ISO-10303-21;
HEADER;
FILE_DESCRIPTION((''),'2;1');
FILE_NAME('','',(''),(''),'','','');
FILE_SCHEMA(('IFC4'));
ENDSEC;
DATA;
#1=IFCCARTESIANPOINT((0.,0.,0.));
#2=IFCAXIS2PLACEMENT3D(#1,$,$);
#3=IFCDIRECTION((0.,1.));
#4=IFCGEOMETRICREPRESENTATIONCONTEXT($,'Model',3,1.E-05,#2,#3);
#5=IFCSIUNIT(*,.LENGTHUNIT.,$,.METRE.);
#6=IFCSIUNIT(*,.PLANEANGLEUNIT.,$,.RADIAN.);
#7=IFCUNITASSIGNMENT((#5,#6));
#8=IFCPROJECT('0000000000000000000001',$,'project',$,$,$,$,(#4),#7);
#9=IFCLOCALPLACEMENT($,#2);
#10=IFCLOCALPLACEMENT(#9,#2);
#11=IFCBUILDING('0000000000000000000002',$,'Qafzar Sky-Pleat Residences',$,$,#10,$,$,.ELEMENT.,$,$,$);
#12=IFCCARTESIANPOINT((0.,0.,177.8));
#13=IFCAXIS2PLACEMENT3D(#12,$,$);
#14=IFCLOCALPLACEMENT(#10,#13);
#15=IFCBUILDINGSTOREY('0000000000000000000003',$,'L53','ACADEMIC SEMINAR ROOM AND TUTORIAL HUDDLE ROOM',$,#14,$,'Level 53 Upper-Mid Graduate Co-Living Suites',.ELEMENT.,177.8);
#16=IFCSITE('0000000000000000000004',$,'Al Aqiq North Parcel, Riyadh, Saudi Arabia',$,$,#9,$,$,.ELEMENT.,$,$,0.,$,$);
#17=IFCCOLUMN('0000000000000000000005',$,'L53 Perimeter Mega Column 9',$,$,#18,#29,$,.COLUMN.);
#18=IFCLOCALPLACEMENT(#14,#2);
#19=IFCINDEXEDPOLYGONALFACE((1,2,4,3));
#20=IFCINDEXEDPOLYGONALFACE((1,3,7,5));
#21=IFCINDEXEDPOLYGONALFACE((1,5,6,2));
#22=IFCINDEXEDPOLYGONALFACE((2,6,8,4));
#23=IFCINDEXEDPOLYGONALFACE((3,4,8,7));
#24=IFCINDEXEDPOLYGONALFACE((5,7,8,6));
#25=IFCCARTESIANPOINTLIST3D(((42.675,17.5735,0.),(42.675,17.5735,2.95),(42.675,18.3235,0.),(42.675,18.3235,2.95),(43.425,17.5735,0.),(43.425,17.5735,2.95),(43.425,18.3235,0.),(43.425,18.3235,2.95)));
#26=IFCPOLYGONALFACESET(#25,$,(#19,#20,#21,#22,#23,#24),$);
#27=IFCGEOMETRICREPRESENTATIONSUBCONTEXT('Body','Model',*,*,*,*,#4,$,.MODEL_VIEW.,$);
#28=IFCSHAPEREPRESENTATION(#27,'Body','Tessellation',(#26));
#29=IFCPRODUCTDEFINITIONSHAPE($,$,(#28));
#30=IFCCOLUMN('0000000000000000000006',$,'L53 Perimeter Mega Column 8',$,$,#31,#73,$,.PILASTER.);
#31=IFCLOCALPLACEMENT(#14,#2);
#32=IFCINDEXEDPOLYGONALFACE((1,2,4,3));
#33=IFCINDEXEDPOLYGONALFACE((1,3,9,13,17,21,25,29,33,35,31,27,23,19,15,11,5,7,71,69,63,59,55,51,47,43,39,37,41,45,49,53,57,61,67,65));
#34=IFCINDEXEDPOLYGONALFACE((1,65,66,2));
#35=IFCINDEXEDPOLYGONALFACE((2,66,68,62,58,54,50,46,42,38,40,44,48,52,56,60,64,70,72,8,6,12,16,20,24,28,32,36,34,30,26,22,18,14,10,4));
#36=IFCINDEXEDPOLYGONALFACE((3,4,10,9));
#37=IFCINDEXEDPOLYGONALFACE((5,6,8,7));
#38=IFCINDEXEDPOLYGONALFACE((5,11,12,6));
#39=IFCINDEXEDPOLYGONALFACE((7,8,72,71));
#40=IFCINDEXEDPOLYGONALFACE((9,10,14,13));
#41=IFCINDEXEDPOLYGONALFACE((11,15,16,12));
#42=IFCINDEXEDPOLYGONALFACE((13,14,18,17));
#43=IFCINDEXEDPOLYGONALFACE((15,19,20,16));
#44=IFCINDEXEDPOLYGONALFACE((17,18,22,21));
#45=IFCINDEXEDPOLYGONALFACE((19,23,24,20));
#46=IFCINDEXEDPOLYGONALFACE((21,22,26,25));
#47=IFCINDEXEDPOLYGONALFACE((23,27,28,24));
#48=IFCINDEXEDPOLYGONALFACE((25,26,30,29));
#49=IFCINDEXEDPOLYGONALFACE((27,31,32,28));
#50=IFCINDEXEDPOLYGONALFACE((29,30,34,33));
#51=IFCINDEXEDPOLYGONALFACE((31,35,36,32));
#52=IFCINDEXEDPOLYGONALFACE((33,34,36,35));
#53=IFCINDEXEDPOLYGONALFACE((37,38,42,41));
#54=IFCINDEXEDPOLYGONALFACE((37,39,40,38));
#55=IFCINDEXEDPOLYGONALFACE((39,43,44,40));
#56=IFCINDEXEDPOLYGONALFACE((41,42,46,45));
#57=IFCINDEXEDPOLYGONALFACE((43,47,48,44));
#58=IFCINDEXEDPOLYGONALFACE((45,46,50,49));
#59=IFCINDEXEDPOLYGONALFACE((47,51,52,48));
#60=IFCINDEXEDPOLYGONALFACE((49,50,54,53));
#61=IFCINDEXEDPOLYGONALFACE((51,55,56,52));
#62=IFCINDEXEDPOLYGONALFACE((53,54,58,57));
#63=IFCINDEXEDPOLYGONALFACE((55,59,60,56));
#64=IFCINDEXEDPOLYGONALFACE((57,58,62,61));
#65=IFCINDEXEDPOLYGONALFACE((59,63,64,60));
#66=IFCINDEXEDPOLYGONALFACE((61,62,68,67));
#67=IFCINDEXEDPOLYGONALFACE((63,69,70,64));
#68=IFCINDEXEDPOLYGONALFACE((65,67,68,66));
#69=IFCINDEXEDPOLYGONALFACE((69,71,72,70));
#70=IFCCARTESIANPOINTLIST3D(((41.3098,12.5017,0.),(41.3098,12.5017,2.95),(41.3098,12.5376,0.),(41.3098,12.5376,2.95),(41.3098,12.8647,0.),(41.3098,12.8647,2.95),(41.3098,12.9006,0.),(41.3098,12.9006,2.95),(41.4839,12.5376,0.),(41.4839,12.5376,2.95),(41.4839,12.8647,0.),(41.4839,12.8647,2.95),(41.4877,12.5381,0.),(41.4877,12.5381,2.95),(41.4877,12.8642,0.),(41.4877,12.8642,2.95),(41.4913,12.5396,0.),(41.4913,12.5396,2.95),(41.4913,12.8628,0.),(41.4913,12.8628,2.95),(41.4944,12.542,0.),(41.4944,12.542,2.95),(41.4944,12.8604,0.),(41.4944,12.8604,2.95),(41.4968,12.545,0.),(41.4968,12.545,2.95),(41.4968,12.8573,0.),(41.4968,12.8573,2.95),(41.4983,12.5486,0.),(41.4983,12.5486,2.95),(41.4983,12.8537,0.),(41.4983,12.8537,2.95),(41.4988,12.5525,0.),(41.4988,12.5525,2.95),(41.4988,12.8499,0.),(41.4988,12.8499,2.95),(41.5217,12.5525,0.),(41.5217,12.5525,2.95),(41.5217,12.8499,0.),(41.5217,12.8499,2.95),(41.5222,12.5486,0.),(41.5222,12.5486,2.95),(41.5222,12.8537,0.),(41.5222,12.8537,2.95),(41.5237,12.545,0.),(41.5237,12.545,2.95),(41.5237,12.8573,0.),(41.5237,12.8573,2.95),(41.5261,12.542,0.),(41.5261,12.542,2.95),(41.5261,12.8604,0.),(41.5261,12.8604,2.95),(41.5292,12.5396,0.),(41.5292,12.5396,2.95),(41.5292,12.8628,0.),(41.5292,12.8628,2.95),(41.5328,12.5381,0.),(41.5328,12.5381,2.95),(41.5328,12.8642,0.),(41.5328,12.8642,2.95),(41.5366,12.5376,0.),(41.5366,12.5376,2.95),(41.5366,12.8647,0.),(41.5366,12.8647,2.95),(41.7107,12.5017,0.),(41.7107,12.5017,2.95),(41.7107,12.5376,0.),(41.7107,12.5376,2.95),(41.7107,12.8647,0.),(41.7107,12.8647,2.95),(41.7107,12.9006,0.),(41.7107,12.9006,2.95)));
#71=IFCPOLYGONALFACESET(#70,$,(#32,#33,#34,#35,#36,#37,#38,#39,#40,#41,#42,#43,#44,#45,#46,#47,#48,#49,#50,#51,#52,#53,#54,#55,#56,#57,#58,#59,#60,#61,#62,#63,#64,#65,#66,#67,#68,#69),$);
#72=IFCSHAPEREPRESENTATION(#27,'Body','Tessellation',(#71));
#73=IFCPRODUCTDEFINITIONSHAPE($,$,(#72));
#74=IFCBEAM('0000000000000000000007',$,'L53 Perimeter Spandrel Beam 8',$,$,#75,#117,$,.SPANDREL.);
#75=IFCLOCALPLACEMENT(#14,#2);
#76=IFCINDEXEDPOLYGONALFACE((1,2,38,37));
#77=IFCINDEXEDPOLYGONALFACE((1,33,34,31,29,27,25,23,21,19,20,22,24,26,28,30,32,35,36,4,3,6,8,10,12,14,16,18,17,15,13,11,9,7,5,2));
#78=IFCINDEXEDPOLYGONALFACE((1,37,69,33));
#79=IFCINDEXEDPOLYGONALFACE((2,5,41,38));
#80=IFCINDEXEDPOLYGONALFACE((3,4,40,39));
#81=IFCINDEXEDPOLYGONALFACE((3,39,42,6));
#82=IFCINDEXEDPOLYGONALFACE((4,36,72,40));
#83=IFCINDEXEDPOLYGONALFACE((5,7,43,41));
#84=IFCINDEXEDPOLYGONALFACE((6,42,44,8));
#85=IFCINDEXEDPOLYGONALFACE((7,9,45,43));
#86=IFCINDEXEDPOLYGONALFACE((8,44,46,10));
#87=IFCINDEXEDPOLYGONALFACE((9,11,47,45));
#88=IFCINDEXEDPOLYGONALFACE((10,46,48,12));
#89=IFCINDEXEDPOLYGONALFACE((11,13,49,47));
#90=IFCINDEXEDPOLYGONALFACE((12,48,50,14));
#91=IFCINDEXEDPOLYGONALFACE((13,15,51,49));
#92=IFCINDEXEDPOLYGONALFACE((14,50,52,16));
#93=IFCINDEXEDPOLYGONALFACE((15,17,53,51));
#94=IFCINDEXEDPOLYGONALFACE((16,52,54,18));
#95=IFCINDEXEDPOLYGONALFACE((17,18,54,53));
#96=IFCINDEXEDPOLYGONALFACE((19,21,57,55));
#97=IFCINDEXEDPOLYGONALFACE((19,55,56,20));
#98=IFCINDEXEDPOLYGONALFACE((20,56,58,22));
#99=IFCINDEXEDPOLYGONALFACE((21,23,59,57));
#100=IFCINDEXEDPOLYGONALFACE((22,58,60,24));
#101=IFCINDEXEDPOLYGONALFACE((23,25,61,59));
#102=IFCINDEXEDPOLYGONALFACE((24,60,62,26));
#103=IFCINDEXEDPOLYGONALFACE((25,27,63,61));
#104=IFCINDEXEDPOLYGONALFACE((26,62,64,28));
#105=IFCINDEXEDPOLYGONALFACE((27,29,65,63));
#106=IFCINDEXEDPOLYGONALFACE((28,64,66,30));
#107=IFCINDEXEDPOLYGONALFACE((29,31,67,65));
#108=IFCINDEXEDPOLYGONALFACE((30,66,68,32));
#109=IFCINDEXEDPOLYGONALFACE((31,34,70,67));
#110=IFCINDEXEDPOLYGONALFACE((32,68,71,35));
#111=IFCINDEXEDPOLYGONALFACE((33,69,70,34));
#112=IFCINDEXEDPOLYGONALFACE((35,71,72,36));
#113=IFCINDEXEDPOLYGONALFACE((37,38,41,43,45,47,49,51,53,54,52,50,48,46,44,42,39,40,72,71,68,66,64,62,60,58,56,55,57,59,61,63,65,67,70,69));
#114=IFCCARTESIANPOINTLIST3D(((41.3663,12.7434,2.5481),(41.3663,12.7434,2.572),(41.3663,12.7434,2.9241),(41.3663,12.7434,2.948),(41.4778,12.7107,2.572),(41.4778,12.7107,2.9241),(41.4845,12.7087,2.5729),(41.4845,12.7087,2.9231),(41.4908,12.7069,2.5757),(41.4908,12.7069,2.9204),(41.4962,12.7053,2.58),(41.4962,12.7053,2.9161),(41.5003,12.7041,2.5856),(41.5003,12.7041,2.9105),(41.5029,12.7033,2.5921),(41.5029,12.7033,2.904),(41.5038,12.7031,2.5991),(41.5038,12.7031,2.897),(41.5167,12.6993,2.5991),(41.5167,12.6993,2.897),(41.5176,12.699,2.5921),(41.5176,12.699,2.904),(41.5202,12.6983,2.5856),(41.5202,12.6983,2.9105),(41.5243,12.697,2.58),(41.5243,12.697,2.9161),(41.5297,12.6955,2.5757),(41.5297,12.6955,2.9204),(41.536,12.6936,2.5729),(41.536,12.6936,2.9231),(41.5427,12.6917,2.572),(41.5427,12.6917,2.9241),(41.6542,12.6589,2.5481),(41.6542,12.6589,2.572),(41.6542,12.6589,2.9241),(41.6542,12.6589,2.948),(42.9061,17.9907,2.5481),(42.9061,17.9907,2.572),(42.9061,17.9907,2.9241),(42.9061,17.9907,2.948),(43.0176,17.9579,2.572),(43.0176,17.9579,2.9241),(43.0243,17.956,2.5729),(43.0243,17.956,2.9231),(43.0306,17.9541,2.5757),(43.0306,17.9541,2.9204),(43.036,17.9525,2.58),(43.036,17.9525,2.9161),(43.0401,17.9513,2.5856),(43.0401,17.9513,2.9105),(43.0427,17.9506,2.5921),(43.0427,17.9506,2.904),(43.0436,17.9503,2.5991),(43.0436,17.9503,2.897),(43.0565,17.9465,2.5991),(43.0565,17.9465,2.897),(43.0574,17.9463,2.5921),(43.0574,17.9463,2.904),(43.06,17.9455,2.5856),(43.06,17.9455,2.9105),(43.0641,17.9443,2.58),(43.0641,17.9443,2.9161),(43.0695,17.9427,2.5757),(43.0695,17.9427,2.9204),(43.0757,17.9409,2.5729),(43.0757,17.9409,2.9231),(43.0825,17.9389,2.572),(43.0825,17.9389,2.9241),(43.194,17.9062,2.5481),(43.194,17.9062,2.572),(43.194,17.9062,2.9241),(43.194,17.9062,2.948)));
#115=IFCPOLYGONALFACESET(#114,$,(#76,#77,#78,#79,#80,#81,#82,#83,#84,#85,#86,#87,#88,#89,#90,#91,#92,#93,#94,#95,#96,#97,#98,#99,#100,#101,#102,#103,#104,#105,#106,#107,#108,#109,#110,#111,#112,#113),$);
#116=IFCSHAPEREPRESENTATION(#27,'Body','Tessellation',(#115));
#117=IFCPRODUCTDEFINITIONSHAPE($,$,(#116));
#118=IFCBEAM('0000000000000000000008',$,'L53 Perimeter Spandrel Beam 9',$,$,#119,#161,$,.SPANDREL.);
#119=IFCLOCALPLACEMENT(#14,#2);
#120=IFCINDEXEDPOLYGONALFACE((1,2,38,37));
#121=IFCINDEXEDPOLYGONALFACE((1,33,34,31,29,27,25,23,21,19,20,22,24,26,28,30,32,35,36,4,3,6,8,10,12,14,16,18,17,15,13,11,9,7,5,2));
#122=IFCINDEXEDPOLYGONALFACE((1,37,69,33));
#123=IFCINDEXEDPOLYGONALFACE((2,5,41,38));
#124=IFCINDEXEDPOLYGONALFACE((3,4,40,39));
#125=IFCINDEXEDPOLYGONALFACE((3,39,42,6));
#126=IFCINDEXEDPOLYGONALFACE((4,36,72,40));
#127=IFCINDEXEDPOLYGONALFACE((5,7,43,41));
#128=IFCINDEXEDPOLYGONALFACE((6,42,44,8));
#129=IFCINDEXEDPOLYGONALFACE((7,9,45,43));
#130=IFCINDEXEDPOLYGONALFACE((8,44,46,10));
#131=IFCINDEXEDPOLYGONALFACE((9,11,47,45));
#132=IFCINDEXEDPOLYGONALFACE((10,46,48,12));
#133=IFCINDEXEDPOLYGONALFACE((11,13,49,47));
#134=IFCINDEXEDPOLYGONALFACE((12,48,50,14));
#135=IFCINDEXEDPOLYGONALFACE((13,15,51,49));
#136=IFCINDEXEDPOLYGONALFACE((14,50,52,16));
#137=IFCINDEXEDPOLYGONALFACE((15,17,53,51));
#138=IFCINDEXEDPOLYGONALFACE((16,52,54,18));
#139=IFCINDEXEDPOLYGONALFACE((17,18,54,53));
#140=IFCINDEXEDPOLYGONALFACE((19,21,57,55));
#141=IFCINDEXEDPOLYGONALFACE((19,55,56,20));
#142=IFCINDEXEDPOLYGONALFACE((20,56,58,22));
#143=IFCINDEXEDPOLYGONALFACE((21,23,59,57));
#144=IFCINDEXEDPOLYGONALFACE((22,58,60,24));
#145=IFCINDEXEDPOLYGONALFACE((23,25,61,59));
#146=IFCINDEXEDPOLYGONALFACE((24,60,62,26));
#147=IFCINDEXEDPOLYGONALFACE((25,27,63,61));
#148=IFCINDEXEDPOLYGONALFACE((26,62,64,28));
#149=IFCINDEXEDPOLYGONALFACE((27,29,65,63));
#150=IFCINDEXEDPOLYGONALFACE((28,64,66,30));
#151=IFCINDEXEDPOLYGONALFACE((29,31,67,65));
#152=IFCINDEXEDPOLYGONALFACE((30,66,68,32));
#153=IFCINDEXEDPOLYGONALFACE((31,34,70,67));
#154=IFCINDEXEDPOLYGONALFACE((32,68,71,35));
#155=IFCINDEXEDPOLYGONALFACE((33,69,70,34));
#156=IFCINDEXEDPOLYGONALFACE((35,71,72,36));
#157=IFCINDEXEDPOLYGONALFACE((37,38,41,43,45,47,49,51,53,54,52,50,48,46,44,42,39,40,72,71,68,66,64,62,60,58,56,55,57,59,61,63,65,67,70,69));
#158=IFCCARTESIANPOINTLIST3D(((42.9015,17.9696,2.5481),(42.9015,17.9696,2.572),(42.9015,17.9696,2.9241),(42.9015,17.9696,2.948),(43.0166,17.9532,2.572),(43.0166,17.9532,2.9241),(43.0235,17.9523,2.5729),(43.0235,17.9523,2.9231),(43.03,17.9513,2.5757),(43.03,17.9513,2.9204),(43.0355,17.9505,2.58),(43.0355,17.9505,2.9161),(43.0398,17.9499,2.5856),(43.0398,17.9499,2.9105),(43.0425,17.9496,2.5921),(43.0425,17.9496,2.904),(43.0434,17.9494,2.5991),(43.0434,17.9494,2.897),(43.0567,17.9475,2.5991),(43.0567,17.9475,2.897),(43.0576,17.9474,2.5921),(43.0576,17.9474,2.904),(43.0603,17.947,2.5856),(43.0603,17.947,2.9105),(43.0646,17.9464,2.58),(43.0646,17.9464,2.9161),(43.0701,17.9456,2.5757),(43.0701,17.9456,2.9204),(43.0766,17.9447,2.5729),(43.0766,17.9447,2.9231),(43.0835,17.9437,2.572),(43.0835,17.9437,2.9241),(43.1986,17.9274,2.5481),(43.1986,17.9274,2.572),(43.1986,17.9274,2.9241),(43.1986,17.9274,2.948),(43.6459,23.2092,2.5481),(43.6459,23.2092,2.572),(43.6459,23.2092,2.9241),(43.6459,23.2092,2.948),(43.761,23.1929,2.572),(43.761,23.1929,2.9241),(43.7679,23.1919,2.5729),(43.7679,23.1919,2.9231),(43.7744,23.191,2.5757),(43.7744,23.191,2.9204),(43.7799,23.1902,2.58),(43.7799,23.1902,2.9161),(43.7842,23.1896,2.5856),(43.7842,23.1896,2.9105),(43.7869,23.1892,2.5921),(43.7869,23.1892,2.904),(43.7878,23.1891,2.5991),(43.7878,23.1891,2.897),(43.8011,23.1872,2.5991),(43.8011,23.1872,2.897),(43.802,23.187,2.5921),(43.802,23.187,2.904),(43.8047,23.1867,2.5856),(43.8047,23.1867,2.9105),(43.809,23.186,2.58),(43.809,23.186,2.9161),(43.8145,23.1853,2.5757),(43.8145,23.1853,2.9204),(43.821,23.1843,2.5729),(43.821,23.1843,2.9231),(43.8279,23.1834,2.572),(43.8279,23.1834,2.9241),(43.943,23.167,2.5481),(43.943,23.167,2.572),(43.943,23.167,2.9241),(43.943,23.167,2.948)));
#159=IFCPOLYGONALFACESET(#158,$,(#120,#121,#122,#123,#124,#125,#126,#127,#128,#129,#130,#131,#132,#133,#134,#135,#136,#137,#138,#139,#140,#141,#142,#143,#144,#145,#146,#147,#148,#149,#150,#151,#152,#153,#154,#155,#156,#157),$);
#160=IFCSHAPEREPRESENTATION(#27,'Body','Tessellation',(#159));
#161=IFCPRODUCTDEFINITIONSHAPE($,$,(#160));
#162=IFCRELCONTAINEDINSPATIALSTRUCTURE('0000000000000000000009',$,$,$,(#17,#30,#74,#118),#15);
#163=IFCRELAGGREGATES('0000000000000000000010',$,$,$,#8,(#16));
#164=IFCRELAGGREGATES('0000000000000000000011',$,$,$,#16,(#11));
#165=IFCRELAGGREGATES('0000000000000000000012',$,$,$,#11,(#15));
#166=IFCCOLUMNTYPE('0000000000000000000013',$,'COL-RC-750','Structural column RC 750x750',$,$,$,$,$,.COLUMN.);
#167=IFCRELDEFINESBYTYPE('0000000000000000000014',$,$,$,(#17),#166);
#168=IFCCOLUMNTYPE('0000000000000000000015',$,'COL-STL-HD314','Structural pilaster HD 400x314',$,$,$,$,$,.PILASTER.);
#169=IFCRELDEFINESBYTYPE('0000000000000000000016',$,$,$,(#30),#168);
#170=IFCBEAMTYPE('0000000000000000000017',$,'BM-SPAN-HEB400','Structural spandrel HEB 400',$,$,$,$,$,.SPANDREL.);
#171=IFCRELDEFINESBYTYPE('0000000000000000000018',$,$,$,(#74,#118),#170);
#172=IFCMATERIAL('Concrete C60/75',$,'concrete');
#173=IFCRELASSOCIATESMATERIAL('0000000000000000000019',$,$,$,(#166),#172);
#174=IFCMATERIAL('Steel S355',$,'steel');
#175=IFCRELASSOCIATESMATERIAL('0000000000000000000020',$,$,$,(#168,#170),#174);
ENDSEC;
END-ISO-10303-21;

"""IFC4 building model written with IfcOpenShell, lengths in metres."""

from ifc_helpers import new_model, si_unit, direction, frame, origin, origin_2d, place, context, subcontext, project, spatial, rectangle, i_section, extrude, source, transform, mapped, material, material_profile, profile_set, type_object, element, save


model = new_model("IFC4")

# Units and contexts
model_context = context("Model", 3, precision=1e-05, world=origin(), true_north=direction((0.0, 1.0)))
body_context = subcontext(model_context, "Body", "Model", "MODEL_VIEW")
ifc_project = project(units=[si_unit("LENGTHUNIT", "METRE"), si_unit("PLANEANGLEUNIT", "RADIAN")], contexts=[model_context])

# Site, building, storey
site_placement = place(None, origin())
site = spatial("IfcSite", under=ifc_project, at=site_placement, Name="Al Aqiq North Parcel, Riyadh, Saudi Arabia", CompositionType="ELEMENT", RefElevation=0.0)
building_placement = place(site_placement, origin())
building = spatial("IfcBuilding", under=site, at=building_placement, Name="Qafzar Sky-Pleat Residences", CompositionType="ELEMENT")
storey_placement = place(building_placement, frame((0.0, 0.0, 177.8)))
storey = spatial("IfcBuildingStorey", under=building, at=storey_placement, Name="L53", Description="ACADEMIC SEMINAR ROOM AND TUTORIAL HUDDLE ROOM", LongName="Level 53 Upper-Mid Graduate Co-Living Suites", CompositionType="ELEMENT", Elevation=177.8)

# Columns
ifc_material_1 = material(Name="Concrete C60/75", Category="concrete")
ifc_material_profile_1 = material_profile(ifc_material_1, rectangle(XDim=0.75, YDim=0.75, at=origin_2d()), Name="RC 750x750")
ifc_profile_set_1 = profile_set([ifc_material_profile_1], Name="Concrete C60/75")
column_type_1 = type_object("IfcColumnType", Name="COL-RC-750", Description="Structural column RC 750x750", PredefinedType="COLUMN", material=ifc_profile_set_1)
shared_shape_1 = source(origin(), body_context, "Body", "SweptSolid", [
    extrude(rectangle(XDim=0.75, YDim=0.75, at=origin_2d()), origin(), (0.0, 0.0, 1.0), 2.95),
])
column_1_placement = place(storey_placement, frame((43.05, 17.9485, 0.0), z_axis=(0.0, 0.0, 1.0), x_axis=(1.0, 0.0, 0.0)))
element("IfcColumn", 1, at=column_1_placement, inside=storey, type_object=column_type_1, Name="L53 Perimeter Mega Column 9", PredefinedType="COLUMN", context=body_context, shape_type="MappedRepresentation", body=[
    mapped(shared_shape_1, transform((0.0, 0.0, 0.0), x_axis=(1.0, 0.0, 0.0), y_axis=(0.0, 1.0, 0.0), z_axis=(0.0, 0.0, 1.0), scale=1.0)),
])
ifc_material_2 = material(Name="Steel S355", Category="steel")
ifc_material_profile_2 = material_profile(ifc_material_2, i_section(OverallWidth=0.4009, OverallDepth=0.3989, WebThickness=0.0229, FlangeThickness=0.0359, FilletRadius=0.0149, at=origin_2d()), Name="HD 400x314")
ifc_profile_set_2 = profile_set([ifc_material_profile_2], Name="Steel S355")
column_type_2 = type_object("IfcColumnType", Name="COL-STL-HD314", Description="Structural pilaster HD 400x314", PredefinedType="PILASTER", material=ifc_profile_set_2)
shared_shape_2 = source(origin(), body_context, "Body", "SweptSolid", [
    extrude(i_section(OverallWidth=0.4009, OverallDepth=0.3989, WebThickness=0.0229, FlangeThickness=0.0359, FilletRadius=0.0149, at=origin_2d()), origin(), (0.0, 0.0, 1.0), 2.95),
])
column_2_placement = place(storey_placement, frame((41.5103, 12.7012, 0.0), z_axis=(0.0, 0.0, 1.0), x_axis=(1.0, 0.0, 0.0)))
element("IfcColumn", 2, at=column_2_placement, inside=storey, type_object=column_type_2, Name="L53 Perimeter Mega Column 8", PredefinedType="PILASTER", context=body_context, shape_type="MappedRepresentation", body=[
    mapped(shared_shape_2, transform((0.0, 0.0, 0.0), x_axis=(1.0, 0.0, 0.0), y_axis=(0.0, 1.0, 0.0), z_axis=(0.0, 0.0, 1.0), scale=1.0)),
])

# Beams
ifc_material_profile_3 = material_profile(ifc_material_2, i_section(OverallWidth=0.3, OverallDepth=0.3999, WebThickness=0.0134, FlangeThickness=0.0239, FilletRadius=0.0271, at=origin_2d()), Name="HEB 400")
ifc_profile_set_3 = profile_set([ifc_material_profile_3], Name="Steel S355")
beam_type = type_object("IfcBeamType", Name="BM-SPAN-HEB400", Description="Structural spandrel HEB 400", PredefinedType="SPANDREL", material=ifc_profile_set_3)
shared_shape_3 = source(origin(), body_context, "Body", "SweptSolid", [
    extrude(i_section(OverallWidth=0.3, OverallDepth=0.3999, WebThickness=0.0134, FlangeThickness=0.0239, FilletRadius=0.0271, at=origin_2d()), origin(), (0.0, 0.0, 1.0), 5.4685),
])
beam_1_placement = place(storey_placement, frame((41.5103, 12.7012, 2.748), z_axis=(0.281572, 0.95954, 0.0), x_axis=(-0.95954, 0.281572, 0.0)))
element("IfcBeam", 3, at=beam_1_placement, inside=storey, type_object=beam_type, Name="L53 Perimeter Spandrel Beam 8", PredefinedType="SPANDREL", context=body_context, shape_type="MappedRepresentation", body=[
    mapped(shared_shape_3, transform((0.0, 0.0, 0.0), x_axis=(1.0, 0.0, 0.0), y_axis=(0.0, 1.0, 0.0), z_axis=(0.0, 0.0, 1.0), scale=1.0)),
])
shared_shape_4 = source(origin(), body_context, "Body", "SweptSolid", [
    extrude(i_section(OverallWidth=0.3, OverallDepth=0.3999, WebThickness=0.0134, FlangeThickness=0.0239, FilletRadius=0.0271, at=origin_2d()), origin(), (0.0, 0.0, 1.0), 5.2922),
])
beam_2_placement = place(storey_placement, frame((43.05, 17.9485, 2.748), z_axis=(0.140659, 0.990058, 0.0), x_axis=(-0.990058, 0.140659, 0.0)))
element("IfcBeam", 4, at=beam_2_placement, inside=storey, type_object=beam_type, Name="L53 Perimeter Spandrel Beam 9", PredefinedType="SPANDREL", context=body_context, shape_type="MappedRepresentation", body=[
    mapped(shared_shape_4, transform((0.0, 0.0, 0.0), x_axis=(1.0, 0.0, 0.0), y_axis=(0.0, 1.0, 0.0), z_axis=(0.0, 0.0, 1.0), scale=1.0)),
])

save(model, "model.ifc")
